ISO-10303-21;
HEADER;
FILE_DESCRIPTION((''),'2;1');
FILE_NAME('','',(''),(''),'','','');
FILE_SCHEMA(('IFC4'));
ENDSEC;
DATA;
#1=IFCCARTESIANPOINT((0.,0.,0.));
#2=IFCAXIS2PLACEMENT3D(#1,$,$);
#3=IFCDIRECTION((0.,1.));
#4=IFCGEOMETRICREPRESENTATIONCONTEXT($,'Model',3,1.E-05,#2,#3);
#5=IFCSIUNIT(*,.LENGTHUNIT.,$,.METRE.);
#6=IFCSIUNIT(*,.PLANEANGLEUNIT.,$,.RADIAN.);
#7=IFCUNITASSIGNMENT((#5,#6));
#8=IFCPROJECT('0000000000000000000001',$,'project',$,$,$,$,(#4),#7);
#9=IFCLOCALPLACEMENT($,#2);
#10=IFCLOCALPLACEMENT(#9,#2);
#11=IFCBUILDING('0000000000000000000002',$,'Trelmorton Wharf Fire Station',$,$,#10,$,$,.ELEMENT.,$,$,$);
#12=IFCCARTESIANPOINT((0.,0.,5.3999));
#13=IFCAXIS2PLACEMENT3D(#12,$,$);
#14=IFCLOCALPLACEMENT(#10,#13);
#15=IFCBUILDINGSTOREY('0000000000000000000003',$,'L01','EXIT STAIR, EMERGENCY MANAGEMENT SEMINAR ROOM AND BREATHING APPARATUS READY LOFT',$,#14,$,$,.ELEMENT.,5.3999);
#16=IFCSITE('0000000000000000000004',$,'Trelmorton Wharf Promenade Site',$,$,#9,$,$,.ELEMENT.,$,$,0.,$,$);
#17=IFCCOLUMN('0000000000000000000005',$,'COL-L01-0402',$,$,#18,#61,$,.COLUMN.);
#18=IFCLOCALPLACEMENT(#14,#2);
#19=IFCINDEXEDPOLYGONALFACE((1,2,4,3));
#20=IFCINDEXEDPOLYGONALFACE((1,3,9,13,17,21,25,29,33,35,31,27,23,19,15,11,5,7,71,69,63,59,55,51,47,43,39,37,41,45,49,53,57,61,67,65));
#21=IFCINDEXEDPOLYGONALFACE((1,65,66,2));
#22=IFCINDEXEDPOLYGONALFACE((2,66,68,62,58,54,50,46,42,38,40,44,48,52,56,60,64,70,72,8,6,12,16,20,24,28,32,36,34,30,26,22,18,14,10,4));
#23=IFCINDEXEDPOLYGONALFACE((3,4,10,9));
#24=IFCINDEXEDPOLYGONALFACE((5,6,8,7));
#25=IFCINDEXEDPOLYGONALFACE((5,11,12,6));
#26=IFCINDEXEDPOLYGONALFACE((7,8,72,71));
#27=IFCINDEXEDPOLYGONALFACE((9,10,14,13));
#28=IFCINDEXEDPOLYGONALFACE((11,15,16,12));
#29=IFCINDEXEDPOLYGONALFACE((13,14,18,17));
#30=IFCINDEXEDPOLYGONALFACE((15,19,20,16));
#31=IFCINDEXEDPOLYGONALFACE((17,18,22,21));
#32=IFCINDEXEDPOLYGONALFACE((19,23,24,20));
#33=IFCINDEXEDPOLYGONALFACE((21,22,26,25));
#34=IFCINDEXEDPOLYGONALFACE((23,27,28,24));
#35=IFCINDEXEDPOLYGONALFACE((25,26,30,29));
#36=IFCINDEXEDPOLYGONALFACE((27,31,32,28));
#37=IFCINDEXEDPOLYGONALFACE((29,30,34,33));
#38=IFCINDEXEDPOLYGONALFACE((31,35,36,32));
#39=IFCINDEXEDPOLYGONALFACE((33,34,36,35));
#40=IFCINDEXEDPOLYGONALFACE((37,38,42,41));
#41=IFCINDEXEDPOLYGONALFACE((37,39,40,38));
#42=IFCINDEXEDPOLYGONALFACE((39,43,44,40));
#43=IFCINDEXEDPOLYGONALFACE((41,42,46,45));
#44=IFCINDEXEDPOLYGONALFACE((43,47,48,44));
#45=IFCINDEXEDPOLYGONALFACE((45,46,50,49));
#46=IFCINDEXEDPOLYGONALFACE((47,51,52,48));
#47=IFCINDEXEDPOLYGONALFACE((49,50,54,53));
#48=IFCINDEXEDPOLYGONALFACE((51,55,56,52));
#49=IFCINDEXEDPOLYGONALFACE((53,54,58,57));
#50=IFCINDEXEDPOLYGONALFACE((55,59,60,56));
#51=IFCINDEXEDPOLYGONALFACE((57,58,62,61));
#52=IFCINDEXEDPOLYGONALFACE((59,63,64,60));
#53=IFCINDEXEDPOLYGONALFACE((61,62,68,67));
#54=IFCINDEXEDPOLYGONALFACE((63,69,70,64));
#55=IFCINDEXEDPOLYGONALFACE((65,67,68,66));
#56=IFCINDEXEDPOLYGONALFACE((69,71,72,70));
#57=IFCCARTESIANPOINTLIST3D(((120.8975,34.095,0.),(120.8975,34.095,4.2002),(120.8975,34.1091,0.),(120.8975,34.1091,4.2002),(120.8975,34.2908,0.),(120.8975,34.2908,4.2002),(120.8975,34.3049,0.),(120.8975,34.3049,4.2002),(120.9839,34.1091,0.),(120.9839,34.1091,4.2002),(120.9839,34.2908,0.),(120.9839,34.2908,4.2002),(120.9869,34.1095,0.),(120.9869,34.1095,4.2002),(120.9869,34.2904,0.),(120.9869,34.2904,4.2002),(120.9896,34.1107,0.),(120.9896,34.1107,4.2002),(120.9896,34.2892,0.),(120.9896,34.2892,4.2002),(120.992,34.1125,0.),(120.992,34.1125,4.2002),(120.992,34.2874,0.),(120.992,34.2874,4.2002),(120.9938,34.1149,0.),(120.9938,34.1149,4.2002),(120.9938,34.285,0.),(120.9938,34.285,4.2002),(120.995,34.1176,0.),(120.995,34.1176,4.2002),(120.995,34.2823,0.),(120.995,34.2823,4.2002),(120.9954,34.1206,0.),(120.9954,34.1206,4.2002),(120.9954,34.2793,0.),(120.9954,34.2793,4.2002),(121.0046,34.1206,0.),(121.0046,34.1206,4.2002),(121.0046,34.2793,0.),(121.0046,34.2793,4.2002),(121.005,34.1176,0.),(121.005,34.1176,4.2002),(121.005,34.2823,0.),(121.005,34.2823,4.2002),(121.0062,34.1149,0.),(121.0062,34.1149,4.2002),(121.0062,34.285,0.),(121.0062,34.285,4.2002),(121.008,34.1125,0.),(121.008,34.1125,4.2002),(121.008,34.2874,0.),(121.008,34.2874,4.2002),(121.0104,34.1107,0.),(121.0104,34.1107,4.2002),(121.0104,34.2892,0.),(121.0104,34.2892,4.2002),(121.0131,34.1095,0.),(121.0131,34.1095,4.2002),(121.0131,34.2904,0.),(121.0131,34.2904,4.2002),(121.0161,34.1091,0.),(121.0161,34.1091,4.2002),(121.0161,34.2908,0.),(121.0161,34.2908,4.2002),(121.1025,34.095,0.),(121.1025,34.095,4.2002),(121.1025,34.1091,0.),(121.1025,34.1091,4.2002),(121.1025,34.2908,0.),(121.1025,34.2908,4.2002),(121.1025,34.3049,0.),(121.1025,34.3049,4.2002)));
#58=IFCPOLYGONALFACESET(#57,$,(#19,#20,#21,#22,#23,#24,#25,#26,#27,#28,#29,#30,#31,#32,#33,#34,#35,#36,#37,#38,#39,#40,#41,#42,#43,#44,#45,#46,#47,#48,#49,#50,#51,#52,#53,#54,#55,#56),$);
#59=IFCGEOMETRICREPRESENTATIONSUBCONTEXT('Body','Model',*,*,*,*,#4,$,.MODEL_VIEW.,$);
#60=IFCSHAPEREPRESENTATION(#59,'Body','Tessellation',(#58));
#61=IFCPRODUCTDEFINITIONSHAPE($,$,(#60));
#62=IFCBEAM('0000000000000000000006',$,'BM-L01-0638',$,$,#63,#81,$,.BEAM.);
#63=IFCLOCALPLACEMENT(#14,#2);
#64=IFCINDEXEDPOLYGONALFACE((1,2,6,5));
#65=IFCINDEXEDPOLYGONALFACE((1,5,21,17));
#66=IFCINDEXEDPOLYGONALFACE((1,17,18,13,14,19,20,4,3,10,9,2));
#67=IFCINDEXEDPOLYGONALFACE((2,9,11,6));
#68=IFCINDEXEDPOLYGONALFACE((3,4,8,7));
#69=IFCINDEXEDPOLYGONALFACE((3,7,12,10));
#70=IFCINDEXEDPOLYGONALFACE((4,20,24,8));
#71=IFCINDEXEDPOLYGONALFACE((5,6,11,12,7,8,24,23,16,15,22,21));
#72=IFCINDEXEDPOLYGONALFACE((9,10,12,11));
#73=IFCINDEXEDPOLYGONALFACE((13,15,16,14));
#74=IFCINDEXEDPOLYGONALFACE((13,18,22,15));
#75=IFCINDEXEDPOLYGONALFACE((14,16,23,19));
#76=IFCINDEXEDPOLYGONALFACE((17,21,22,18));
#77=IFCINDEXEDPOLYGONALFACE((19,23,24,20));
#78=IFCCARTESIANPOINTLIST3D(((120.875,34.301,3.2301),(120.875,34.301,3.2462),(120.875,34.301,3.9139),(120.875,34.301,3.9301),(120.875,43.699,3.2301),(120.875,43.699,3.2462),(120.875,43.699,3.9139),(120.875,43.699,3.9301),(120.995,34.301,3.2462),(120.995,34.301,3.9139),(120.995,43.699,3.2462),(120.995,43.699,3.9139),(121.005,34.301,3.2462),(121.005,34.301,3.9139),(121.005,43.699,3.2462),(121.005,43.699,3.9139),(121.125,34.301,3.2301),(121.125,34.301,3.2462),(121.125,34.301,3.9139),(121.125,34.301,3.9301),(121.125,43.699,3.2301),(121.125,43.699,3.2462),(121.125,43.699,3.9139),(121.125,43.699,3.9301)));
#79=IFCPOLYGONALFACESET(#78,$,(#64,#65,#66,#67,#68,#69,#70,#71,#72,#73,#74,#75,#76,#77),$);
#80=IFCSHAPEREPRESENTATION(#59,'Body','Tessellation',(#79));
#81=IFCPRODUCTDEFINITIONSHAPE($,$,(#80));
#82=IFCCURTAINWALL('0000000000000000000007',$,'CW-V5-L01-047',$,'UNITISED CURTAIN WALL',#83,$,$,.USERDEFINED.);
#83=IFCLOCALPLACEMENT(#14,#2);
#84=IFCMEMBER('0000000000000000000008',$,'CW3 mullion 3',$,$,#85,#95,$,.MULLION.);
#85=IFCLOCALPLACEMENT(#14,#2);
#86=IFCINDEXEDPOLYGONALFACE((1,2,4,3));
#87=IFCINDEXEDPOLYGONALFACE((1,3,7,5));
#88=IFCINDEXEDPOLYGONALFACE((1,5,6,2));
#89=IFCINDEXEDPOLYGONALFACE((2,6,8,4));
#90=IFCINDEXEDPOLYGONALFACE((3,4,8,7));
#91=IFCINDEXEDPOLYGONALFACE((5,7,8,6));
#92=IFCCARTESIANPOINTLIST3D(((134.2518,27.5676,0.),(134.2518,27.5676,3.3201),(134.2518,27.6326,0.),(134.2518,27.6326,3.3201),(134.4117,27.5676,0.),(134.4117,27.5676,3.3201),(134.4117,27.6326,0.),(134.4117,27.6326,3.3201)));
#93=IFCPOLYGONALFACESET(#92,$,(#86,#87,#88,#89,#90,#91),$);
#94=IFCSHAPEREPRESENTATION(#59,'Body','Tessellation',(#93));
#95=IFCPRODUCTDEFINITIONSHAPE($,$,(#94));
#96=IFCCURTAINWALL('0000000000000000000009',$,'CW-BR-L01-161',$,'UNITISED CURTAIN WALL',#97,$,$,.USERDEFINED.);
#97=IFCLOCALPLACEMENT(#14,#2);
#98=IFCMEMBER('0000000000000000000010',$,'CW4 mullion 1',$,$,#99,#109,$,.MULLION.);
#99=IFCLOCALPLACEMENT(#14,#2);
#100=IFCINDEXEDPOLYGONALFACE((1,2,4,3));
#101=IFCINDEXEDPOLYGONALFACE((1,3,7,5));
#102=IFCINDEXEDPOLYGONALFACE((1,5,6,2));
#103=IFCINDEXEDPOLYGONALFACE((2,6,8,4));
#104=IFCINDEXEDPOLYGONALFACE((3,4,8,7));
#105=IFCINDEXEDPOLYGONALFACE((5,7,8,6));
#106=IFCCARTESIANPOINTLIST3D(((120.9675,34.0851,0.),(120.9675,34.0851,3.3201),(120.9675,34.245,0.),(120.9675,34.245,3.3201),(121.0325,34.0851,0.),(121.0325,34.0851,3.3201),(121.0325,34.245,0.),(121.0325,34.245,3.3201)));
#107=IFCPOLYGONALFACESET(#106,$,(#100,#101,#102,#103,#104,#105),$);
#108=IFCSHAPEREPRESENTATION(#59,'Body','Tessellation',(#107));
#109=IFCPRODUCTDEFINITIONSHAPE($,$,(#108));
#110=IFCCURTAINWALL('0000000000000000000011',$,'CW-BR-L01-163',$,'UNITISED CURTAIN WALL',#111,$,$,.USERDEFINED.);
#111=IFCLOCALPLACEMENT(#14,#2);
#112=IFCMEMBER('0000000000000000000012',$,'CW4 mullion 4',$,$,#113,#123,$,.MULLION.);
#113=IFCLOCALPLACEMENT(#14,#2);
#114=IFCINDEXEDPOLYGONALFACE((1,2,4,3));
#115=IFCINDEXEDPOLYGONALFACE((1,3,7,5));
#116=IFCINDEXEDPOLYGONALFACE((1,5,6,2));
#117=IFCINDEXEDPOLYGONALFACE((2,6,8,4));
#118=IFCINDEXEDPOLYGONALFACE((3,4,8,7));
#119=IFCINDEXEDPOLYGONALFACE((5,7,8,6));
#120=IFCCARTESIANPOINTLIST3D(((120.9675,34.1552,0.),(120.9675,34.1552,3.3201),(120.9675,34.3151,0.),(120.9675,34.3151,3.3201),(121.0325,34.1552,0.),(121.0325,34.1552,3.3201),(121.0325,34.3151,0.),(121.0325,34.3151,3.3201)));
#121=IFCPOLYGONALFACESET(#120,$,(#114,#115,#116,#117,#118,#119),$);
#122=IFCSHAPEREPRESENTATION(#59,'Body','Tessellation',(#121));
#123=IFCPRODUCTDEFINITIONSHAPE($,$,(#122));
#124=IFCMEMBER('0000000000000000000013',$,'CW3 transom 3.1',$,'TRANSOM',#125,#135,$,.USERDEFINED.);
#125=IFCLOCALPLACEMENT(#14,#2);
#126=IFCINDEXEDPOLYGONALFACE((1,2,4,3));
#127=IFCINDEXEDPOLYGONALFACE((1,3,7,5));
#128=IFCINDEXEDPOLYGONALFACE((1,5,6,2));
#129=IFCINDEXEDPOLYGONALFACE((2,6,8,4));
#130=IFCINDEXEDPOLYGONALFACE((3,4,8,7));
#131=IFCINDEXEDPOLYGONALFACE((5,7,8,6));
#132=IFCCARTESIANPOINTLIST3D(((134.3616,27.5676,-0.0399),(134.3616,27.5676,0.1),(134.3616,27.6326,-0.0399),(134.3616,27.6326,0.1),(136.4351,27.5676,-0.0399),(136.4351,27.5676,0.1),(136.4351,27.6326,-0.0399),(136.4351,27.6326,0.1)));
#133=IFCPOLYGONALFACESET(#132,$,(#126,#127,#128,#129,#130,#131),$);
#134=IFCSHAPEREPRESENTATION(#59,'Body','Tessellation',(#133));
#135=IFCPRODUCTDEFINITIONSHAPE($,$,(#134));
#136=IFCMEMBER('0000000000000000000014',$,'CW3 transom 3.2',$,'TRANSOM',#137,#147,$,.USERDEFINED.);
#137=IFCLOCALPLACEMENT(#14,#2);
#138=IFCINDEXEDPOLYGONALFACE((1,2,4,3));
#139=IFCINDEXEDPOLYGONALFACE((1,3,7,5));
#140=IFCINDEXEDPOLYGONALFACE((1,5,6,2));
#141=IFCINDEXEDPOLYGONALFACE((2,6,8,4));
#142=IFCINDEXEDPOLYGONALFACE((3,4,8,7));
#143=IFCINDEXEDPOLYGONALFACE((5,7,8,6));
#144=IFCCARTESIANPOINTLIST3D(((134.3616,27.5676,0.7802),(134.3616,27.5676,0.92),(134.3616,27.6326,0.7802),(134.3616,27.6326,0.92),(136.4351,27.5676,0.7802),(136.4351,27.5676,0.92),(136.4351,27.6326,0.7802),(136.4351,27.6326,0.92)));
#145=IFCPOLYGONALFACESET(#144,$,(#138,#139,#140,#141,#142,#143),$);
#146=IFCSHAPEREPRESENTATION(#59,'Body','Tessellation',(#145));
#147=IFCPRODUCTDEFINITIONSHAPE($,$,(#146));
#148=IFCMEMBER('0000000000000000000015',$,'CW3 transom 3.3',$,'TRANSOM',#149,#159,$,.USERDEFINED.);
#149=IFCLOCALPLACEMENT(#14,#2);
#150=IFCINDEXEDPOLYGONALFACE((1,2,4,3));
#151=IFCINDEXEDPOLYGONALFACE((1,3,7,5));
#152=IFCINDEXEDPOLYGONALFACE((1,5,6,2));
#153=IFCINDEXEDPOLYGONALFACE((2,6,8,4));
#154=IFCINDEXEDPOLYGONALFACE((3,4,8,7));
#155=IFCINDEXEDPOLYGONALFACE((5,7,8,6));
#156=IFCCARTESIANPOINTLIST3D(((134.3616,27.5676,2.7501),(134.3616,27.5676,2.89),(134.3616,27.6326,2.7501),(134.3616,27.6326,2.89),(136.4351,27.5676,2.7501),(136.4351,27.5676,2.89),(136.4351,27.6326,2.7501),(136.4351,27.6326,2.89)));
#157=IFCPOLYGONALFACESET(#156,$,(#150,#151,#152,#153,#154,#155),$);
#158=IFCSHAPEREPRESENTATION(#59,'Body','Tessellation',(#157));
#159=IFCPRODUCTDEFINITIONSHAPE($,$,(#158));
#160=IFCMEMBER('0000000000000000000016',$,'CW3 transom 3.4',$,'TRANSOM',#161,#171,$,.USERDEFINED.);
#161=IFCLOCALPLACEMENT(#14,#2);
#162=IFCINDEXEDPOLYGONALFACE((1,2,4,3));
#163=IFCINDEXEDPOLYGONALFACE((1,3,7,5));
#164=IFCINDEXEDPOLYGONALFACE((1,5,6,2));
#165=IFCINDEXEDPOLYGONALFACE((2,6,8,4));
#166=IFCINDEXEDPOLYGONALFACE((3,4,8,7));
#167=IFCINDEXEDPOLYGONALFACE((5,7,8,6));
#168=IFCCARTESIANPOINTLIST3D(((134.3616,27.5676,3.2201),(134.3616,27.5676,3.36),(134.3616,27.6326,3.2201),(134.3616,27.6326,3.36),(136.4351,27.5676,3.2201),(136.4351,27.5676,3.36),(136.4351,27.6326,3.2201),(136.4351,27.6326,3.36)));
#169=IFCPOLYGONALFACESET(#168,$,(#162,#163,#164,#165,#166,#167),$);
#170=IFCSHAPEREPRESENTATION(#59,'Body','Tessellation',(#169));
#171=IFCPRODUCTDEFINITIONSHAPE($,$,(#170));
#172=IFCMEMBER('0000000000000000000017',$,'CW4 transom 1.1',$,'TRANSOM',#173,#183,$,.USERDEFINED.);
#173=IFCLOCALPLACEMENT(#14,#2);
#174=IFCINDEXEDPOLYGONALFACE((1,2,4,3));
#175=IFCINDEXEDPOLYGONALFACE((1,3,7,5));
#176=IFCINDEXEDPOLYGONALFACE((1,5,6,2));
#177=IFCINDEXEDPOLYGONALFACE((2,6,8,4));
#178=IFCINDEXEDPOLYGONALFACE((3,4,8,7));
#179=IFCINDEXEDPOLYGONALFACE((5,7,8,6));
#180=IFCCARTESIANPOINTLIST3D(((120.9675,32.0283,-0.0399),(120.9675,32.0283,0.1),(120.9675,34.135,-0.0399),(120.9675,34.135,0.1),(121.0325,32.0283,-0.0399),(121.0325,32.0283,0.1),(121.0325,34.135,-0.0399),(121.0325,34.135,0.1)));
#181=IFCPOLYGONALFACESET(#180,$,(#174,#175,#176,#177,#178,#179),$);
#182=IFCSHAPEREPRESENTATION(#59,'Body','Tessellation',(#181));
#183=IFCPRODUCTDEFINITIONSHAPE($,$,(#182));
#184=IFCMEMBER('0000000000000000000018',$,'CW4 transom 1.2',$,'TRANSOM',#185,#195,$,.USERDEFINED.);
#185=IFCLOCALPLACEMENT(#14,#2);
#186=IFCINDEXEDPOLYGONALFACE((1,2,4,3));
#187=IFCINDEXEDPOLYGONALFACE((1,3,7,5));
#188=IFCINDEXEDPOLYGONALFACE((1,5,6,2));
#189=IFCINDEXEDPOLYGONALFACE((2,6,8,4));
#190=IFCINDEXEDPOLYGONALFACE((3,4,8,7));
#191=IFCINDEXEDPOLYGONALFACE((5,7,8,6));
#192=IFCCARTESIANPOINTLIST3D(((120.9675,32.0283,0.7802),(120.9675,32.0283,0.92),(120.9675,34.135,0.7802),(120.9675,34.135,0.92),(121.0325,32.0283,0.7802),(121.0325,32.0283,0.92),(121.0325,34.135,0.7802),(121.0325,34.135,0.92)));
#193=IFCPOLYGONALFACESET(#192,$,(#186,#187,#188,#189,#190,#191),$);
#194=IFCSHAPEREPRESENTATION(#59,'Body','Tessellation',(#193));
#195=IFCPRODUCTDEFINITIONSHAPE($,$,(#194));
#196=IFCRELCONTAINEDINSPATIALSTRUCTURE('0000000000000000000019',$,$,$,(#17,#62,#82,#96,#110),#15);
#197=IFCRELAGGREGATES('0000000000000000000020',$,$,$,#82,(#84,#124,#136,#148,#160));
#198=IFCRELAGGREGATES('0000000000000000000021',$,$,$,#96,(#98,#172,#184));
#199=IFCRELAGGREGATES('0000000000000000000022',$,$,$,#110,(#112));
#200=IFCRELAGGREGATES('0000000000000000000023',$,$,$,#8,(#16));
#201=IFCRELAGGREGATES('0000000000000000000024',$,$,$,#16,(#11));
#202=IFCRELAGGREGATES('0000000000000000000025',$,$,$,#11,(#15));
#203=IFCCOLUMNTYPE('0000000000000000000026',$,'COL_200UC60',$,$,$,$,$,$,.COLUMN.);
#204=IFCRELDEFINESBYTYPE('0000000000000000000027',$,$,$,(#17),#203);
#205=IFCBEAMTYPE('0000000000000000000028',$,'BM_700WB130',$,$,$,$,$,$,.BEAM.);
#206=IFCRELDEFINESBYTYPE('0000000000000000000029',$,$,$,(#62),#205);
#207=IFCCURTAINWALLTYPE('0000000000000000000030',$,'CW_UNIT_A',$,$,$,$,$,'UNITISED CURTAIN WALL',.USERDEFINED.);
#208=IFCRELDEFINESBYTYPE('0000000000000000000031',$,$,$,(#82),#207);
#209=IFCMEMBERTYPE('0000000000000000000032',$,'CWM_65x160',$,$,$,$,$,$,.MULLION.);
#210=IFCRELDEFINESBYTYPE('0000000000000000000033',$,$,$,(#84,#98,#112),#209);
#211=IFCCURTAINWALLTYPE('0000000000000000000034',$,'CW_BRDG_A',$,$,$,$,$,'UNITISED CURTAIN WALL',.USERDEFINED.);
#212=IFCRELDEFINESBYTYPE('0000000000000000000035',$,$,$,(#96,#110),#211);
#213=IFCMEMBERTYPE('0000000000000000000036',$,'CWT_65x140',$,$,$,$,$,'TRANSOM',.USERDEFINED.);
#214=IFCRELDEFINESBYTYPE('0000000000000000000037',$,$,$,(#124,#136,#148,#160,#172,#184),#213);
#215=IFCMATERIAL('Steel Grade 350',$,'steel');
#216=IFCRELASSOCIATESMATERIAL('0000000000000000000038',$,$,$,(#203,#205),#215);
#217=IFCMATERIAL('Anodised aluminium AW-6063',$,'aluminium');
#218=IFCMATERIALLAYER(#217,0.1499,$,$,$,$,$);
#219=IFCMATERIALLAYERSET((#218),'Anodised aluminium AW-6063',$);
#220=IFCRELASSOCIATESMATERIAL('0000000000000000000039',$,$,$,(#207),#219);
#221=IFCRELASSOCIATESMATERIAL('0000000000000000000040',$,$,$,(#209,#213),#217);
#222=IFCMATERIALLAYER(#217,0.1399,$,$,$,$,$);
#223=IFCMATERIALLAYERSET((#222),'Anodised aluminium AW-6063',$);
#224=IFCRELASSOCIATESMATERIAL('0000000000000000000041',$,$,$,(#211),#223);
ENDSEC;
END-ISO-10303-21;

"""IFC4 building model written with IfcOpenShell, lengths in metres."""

from ifc_helpers import new_model, si_unit, direction, frame, origin, origin_2d, place, context, subcontext, project, spatial, rectangle, i_section, extrude, material, layer, layer_set, material_profile, profile_set, type_object, element, aggregate, save


model = new_model("IFC4")

# Units and contexts
model_context = context("Model", 3, precision=1e-05, world=origin(), true_north=direction((0.0, 1.0)))
body_context = subcontext(model_context, "Body", "Model", "MODEL_VIEW")
ifc_project = project(units=[si_unit("LENGTHUNIT", "METRE"), si_unit("PLANEANGLEUNIT", "RADIAN")], contexts=[model_context])

# Site, building, storey
site_placement = place(None, origin())
site = spatial("IfcSite", under=ifc_project, at=site_placement, Name="Trelmorton Wharf Promenade Site", CompositionType="ELEMENT", RefElevation=0.0)
building_placement = place(site_placement, origin())
building = spatial("IfcBuilding", under=site, at=building_placement, Name="Trelmorton Wharf Fire Station", CompositionType="ELEMENT")
storey_placement = place(building_placement, frame((0.0, 0.0, 5.3999)))
storey = spatial("IfcBuildingStorey", under=building, at=storey_placement, Name="L01", Description="EXIT STAIR, EMERGENCY MANAGEMENT SEMINAR ROOM AND BREATHING APPARATUS READY LOFT", CompositionType="ELEMENT", Elevation=5.3999)

# Column
ifc_material_1 = material(Name="Steel Grade 350", Category="steel")
ifc_material_profile_1 = material_profile(ifc_material_1, i_section(OverallWidth=0.2051, OverallDepth=0.21, WebThickness=0.0093, FlangeThickness=0.0142, FilletRadius=0.0115, at=origin_2d()), Name="200UC59.5")
ifc_profile_set_1 = profile_set([ifc_material_profile_1], Name="Steel Grade 350")
column_type = type_object("IfcColumnType", Name="COL_200UC60", PredefinedType="COLUMN", material=ifc_profile_set_1)
column_placement = place(storey_placement, frame((121.0, 34.2, 0.0), z_axis=(0.0, 0.0, 1.0), x_axis=(1.0, 0.0, 0.0)))
element("IfcColumn", 1, at=column_placement, inside=storey, type_object=column_type, Name="COL-L01-0402", PredefinedType="COLUMN", context=body_context, shape_type="SweptSolid", body=[
    extrude(i_section(OverallWidth=0.2051, OverallDepth=0.21, WebThickness=0.0093, FlangeThickness=0.0142, FilletRadius=0.0115, at=origin_2d()), origin(), (0.0, 0.0, 1.0), 4.2002),
])

# Beam
ifc_material_profile_2 = material_profile(ifc_material_1, i_section(OverallWidth=0.25, OverallDepth=0.7, WebThickness=0.01, FlangeThickness=0.0161, at=origin_2d()), Name="700WB130")
ifc_profile_set_2 = profile_set([ifc_material_profile_2], Name="Steel Grade 350")
beam_type = type_object("IfcBeamType", Name="BM_700WB130", PredefinedType="BEAM", material=ifc_profile_set_2)
beam_placement = place(storey_placement, frame((121.0, 34.301, 3.5801), z_axis=(0.0, 1.0, 0.0), x_axis=(-1.0, 0.0, 0.0)))
element("IfcBeam", 2, at=beam_placement, inside=storey, type_object=beam_type, Name="BM-L01-0638", PredefinedType="BEAM", context=body_context, shape_type="SweptSolid", body=[
    extrude(i_section(OverallWidth=0.25, OverallDepth=0.7, WebThickness=0.01, FlangeThickness=0.0161, at=origin_2d()), origin(), (0.0, 0.0, 1.0), 9.3979),
])

# Curtain walls, members
ifc_material_2 = material(Name="Anodised aluminium AW-6063", Category="aluminium")
ifc_layer_1 = layer(ifc_material_2, 0.1499)
ifc_layer_set_1 = layer_set([ifc_layer_1], Name="Anodised aluminium AW-6063")
curtain_wall_type_1 = type_object("IfcCurtainWallType", Name="CW_UNIT_A", ElementType="UNITISED CURTAIN WALL", PredefinedType="USERDEFINED", material=ifc_layer_set_1)
curtain_wall_1_placement = place(storey_placement, origin())
curtain_wall_1 = element("IfcCurtainWall", 3, at=curtain_wall_1_placement, inside=storey, type_object=curtain_wall_type_1, Name="CW-V5-L01-047", ObjectType="UNITISED CURTAIN WALL", PredefinedType="USERDEFINED")
ifc_material_profile_3 = material_profile(ifc_material_2, rectangle(XDim=0.0649, YDim=0.1599, at=origin_2d()), Name="ALU-65x160")
ifc_profile_set_3 = profile_set([ifc_material_profile_3], Name="Anodised aluminium AW-6063")
member_type_1 = type_object("IfcMemberType", Name="CWM_65x160", PredefinedType="MULLION", material=ifc_profile_set_3)
member_1_placement = place(storey_placement, frame((134.3318, 27.6001, 0.0), z_axis=(0.0, 0.0, 1.0), x_axis=(0.0, 1.0, 0.0)))
member_1 = element("IfcMember", 4, at=member_1_placement, type_object=member_type_1, Name="CW3 mullion 3", PredefinedType="MULLION", context=body_context, shape_type="SweptSolid", body=[
    extrude(rectangle(XDim=0.0649, YDim=0.1599, at=origin_2d()), origin(), (0.0, 0.0, 1.0), 3.3201),
])
ifc_layer_2 = layer(ifc_material_2, 0.1399)
ifc_layer_set_2 = layer_set([ifc_layer_2], Name="Anodised aluminium AW-6063")
curtain_wall_type_2 = type_object("IfcCurtainWallType", Name="CW_BRDG_A", ElementType="UNITISED CURTAIN WALL", PredefinedType="USERDEFINED", material=ifc_layer_set_2)
curtain_wall_2_placement = place(storey_placement, origin())
curtain_wall_2 = element("IfcCurtainWall", 5, at=curtain_wall_2_placement, inside=storey, type_object=curtain_wall_type_2, Name="CW-BR-L01-161", ObjectType="UNITISED CURTAIN WALL", PredefinedType="USERDEFINED")
member_2_placement = place(storey_placement, frame((121.0, 34.165, 0.0), z_axis=(0.0, 0.0, 1.0), x_axis=(1.0, 0.0, 0.0)))
member_2 = element("IfcMember", 6, at=member_2_placement, type_object=member_type_1, Name="CW4 mullion 1", PredefinedType="MULLION", context=body_context, shape_type="SweptSolid", body=[
    extrude(rectangle(XDim=0.0649, YDim=0.1599, at=origin_2d()), origin(), (0.0, 0.0, 1.0), 3.3201),
])
curtain_wall_3_placement = place(storey_placement, origin())
curtain_wall_3 = element("IfcCurtainWall", 7, at=curtain_wall_3_placement, inside=storey, type_object=curtain_wall_type_2, Name="CW-BR-L01-163", ObjectType="UNITISED CURTAIN WALL", PredefinedType="USERDEFINED")
member_3_placement = place(storey_placement, frame((121.0, 34.2351, 0.0), z_axis=(0.0, 0.0, 1.0), x_axis=(1.0, 0.0, 0.0)))
member_3 = element("IfcMember", 8, at=member_3_placement, type_object=member_type_1, Name="CW4 mullion 4", PredefinedType="MULLION", context=body_context, shape_type="SweptSolid", body=[
    extrude(rectangle(XDim=0.0649, YDim=0.1599, at=origin_2d()), origin(), (0.0, 0.0, 1.0), 3.3201),
])

# Members
ifc_material_profile_4 = material_profile(ifc_material_2, rectangle(XDim=0.0649, YDim=0.1399, at=origin_2d()), Name="ALU-65x140")
ifc_profile_set_4 = profile_set([ifc_material_profile_4], Name="Anodised aluminium AW-6063")
member_type_2 = type_object("IfcMemberType", Name="CWT_65x140", ElementType="TRANSOM", PredefinedType="USERDEFINED", material=ifc_profile_set_4)
member_4_placement = place(storey_placement, frame((134.3616, 27.6001, 0.03), z_axis=(1.0, 0.0, 0.0), x_axis=(0.0, 1.0, 0.0)))
member_4 = element("IfcMember", 9, at=member_4_placement, type_object=member_type_2, Name="CW3 transom 3.1", ObjectType="TRANSOM", PredefinedType="USERDEFINED", context=body_context, shape_type="SweptSolid", body=[
    extrude(rectangle(XDim=0.0649, YDim=0.1399, at=origin_2d()), origin(), (0.0, 0.0, 1.0), 2.0735),
])
member_5_placement = place(storey_placement, frame((134.3616, 27.6001, 0.8501), z_axis=(1.0, 0.0, 0.0), x_axis=(0.0, 1.0, 0.0)))
member_5 = element("IfcMember", 10, at=member_5_placement, type_object=member_type_2, Name="CW3 transom 3.2", ObjectType="TRANSOM", PredefinedType="USERDEFINED", context=body_context, shape_type="SweptSolid", body=[
    extrude(rectangle(XDim=0.0649, YDim=0.1399, at=origin_2d()), origin(), (0.0, 0.0, 1.0), 2.0735),
])
member_6_placement = place(storey_placement, frame((134.3616, 27.6001, 2.8201), z_axis=(1.0, 0.0, 0.0), x_axis=(0.0, 1.0, 0.0)))
member_6 = element("IfcMember", 11, at=member_6_placement, type_object=member_type_2, Name="CW3 transom 3.3", ObjectType="TRANSOM", PredefinedType="USERDEFINED", context=body_context, shape_type="SweptSolid", body=[
    extrude(rectangle(XDim=0.0649, YDim=0.1399, at=origin_2d()), origin(), (0.0, 0.0, 1.0), 2.0735),
])
member_7_placement = place(storey_placement, frame((134.3616, 27.6001, 3.29), z_axis=(1.0, 0.0, 0.0), x_axis=(0.0, 1.0, 0.0)))
member_7 = element("IfcMember", 12, at=member_7_placement, type_object=member_type_2, Name="CW3 transom 3.4", ObjectType="TRANSOM", PredefinedType="USERDEFINED", context=body_context, shape_type="SweptSolid", body=[
    extrude(rectangle(XDim=0.0649, YDim=0.1399, at=origin_2d()), origin(), (0.0, 0.0, 1.0), 2.0735),
])
member_8_placement = place(storey_placement, frame((121.0, 34.135, 0.03), z_axis=(0.0, -1.0, 0.0), x_axis=(1.0, 0.0, 0.0)))
member_8 = element("IfcMember", 13, at=member_8_placement, type_object=member_type_2, Name="CW4 transom 1.1", ObjectType="TRANSOM", PredefinedType="USERDEFINED", context=body_context, shape_type="SweptSolid", body=[
    extrude(rectangle(XDim=0.0649, YDim=0.1399, at=origin_2d()), origin(), (0.0, 0.0, 1.0), 2.1067),
])
member_9_placement = place(storey_placement, frame((121.0, 34.135, 0.8501), z_axis=(0.0, -1.0, 0.0), x_axis=(1.0, 0.0, 0.0)))
member_9 = element("IfcMember", 14, at=member_9_placement, type_object=member_type_2, Name="CW4 transom 1.2", ObjectType="TRANSOM", PredefinedType="USERDEFINED", context=body_context, shape_type="SweptSolid", body=[
    extrude(rectangle(XDim=0.0649, YDim=0.1399, at=origin_2d()), origin(), (0.0, 0.0, 1.0), 2.1067),
])

aggregate(curtain_wall_1, [member_1, member_4, member_5, member_6, member_7])
aggregate(curtain_wall_2, [member_2, member_8, member_9])
aggregate(curtain_wall_3, [member_3])

save(model, "model.ifc")
